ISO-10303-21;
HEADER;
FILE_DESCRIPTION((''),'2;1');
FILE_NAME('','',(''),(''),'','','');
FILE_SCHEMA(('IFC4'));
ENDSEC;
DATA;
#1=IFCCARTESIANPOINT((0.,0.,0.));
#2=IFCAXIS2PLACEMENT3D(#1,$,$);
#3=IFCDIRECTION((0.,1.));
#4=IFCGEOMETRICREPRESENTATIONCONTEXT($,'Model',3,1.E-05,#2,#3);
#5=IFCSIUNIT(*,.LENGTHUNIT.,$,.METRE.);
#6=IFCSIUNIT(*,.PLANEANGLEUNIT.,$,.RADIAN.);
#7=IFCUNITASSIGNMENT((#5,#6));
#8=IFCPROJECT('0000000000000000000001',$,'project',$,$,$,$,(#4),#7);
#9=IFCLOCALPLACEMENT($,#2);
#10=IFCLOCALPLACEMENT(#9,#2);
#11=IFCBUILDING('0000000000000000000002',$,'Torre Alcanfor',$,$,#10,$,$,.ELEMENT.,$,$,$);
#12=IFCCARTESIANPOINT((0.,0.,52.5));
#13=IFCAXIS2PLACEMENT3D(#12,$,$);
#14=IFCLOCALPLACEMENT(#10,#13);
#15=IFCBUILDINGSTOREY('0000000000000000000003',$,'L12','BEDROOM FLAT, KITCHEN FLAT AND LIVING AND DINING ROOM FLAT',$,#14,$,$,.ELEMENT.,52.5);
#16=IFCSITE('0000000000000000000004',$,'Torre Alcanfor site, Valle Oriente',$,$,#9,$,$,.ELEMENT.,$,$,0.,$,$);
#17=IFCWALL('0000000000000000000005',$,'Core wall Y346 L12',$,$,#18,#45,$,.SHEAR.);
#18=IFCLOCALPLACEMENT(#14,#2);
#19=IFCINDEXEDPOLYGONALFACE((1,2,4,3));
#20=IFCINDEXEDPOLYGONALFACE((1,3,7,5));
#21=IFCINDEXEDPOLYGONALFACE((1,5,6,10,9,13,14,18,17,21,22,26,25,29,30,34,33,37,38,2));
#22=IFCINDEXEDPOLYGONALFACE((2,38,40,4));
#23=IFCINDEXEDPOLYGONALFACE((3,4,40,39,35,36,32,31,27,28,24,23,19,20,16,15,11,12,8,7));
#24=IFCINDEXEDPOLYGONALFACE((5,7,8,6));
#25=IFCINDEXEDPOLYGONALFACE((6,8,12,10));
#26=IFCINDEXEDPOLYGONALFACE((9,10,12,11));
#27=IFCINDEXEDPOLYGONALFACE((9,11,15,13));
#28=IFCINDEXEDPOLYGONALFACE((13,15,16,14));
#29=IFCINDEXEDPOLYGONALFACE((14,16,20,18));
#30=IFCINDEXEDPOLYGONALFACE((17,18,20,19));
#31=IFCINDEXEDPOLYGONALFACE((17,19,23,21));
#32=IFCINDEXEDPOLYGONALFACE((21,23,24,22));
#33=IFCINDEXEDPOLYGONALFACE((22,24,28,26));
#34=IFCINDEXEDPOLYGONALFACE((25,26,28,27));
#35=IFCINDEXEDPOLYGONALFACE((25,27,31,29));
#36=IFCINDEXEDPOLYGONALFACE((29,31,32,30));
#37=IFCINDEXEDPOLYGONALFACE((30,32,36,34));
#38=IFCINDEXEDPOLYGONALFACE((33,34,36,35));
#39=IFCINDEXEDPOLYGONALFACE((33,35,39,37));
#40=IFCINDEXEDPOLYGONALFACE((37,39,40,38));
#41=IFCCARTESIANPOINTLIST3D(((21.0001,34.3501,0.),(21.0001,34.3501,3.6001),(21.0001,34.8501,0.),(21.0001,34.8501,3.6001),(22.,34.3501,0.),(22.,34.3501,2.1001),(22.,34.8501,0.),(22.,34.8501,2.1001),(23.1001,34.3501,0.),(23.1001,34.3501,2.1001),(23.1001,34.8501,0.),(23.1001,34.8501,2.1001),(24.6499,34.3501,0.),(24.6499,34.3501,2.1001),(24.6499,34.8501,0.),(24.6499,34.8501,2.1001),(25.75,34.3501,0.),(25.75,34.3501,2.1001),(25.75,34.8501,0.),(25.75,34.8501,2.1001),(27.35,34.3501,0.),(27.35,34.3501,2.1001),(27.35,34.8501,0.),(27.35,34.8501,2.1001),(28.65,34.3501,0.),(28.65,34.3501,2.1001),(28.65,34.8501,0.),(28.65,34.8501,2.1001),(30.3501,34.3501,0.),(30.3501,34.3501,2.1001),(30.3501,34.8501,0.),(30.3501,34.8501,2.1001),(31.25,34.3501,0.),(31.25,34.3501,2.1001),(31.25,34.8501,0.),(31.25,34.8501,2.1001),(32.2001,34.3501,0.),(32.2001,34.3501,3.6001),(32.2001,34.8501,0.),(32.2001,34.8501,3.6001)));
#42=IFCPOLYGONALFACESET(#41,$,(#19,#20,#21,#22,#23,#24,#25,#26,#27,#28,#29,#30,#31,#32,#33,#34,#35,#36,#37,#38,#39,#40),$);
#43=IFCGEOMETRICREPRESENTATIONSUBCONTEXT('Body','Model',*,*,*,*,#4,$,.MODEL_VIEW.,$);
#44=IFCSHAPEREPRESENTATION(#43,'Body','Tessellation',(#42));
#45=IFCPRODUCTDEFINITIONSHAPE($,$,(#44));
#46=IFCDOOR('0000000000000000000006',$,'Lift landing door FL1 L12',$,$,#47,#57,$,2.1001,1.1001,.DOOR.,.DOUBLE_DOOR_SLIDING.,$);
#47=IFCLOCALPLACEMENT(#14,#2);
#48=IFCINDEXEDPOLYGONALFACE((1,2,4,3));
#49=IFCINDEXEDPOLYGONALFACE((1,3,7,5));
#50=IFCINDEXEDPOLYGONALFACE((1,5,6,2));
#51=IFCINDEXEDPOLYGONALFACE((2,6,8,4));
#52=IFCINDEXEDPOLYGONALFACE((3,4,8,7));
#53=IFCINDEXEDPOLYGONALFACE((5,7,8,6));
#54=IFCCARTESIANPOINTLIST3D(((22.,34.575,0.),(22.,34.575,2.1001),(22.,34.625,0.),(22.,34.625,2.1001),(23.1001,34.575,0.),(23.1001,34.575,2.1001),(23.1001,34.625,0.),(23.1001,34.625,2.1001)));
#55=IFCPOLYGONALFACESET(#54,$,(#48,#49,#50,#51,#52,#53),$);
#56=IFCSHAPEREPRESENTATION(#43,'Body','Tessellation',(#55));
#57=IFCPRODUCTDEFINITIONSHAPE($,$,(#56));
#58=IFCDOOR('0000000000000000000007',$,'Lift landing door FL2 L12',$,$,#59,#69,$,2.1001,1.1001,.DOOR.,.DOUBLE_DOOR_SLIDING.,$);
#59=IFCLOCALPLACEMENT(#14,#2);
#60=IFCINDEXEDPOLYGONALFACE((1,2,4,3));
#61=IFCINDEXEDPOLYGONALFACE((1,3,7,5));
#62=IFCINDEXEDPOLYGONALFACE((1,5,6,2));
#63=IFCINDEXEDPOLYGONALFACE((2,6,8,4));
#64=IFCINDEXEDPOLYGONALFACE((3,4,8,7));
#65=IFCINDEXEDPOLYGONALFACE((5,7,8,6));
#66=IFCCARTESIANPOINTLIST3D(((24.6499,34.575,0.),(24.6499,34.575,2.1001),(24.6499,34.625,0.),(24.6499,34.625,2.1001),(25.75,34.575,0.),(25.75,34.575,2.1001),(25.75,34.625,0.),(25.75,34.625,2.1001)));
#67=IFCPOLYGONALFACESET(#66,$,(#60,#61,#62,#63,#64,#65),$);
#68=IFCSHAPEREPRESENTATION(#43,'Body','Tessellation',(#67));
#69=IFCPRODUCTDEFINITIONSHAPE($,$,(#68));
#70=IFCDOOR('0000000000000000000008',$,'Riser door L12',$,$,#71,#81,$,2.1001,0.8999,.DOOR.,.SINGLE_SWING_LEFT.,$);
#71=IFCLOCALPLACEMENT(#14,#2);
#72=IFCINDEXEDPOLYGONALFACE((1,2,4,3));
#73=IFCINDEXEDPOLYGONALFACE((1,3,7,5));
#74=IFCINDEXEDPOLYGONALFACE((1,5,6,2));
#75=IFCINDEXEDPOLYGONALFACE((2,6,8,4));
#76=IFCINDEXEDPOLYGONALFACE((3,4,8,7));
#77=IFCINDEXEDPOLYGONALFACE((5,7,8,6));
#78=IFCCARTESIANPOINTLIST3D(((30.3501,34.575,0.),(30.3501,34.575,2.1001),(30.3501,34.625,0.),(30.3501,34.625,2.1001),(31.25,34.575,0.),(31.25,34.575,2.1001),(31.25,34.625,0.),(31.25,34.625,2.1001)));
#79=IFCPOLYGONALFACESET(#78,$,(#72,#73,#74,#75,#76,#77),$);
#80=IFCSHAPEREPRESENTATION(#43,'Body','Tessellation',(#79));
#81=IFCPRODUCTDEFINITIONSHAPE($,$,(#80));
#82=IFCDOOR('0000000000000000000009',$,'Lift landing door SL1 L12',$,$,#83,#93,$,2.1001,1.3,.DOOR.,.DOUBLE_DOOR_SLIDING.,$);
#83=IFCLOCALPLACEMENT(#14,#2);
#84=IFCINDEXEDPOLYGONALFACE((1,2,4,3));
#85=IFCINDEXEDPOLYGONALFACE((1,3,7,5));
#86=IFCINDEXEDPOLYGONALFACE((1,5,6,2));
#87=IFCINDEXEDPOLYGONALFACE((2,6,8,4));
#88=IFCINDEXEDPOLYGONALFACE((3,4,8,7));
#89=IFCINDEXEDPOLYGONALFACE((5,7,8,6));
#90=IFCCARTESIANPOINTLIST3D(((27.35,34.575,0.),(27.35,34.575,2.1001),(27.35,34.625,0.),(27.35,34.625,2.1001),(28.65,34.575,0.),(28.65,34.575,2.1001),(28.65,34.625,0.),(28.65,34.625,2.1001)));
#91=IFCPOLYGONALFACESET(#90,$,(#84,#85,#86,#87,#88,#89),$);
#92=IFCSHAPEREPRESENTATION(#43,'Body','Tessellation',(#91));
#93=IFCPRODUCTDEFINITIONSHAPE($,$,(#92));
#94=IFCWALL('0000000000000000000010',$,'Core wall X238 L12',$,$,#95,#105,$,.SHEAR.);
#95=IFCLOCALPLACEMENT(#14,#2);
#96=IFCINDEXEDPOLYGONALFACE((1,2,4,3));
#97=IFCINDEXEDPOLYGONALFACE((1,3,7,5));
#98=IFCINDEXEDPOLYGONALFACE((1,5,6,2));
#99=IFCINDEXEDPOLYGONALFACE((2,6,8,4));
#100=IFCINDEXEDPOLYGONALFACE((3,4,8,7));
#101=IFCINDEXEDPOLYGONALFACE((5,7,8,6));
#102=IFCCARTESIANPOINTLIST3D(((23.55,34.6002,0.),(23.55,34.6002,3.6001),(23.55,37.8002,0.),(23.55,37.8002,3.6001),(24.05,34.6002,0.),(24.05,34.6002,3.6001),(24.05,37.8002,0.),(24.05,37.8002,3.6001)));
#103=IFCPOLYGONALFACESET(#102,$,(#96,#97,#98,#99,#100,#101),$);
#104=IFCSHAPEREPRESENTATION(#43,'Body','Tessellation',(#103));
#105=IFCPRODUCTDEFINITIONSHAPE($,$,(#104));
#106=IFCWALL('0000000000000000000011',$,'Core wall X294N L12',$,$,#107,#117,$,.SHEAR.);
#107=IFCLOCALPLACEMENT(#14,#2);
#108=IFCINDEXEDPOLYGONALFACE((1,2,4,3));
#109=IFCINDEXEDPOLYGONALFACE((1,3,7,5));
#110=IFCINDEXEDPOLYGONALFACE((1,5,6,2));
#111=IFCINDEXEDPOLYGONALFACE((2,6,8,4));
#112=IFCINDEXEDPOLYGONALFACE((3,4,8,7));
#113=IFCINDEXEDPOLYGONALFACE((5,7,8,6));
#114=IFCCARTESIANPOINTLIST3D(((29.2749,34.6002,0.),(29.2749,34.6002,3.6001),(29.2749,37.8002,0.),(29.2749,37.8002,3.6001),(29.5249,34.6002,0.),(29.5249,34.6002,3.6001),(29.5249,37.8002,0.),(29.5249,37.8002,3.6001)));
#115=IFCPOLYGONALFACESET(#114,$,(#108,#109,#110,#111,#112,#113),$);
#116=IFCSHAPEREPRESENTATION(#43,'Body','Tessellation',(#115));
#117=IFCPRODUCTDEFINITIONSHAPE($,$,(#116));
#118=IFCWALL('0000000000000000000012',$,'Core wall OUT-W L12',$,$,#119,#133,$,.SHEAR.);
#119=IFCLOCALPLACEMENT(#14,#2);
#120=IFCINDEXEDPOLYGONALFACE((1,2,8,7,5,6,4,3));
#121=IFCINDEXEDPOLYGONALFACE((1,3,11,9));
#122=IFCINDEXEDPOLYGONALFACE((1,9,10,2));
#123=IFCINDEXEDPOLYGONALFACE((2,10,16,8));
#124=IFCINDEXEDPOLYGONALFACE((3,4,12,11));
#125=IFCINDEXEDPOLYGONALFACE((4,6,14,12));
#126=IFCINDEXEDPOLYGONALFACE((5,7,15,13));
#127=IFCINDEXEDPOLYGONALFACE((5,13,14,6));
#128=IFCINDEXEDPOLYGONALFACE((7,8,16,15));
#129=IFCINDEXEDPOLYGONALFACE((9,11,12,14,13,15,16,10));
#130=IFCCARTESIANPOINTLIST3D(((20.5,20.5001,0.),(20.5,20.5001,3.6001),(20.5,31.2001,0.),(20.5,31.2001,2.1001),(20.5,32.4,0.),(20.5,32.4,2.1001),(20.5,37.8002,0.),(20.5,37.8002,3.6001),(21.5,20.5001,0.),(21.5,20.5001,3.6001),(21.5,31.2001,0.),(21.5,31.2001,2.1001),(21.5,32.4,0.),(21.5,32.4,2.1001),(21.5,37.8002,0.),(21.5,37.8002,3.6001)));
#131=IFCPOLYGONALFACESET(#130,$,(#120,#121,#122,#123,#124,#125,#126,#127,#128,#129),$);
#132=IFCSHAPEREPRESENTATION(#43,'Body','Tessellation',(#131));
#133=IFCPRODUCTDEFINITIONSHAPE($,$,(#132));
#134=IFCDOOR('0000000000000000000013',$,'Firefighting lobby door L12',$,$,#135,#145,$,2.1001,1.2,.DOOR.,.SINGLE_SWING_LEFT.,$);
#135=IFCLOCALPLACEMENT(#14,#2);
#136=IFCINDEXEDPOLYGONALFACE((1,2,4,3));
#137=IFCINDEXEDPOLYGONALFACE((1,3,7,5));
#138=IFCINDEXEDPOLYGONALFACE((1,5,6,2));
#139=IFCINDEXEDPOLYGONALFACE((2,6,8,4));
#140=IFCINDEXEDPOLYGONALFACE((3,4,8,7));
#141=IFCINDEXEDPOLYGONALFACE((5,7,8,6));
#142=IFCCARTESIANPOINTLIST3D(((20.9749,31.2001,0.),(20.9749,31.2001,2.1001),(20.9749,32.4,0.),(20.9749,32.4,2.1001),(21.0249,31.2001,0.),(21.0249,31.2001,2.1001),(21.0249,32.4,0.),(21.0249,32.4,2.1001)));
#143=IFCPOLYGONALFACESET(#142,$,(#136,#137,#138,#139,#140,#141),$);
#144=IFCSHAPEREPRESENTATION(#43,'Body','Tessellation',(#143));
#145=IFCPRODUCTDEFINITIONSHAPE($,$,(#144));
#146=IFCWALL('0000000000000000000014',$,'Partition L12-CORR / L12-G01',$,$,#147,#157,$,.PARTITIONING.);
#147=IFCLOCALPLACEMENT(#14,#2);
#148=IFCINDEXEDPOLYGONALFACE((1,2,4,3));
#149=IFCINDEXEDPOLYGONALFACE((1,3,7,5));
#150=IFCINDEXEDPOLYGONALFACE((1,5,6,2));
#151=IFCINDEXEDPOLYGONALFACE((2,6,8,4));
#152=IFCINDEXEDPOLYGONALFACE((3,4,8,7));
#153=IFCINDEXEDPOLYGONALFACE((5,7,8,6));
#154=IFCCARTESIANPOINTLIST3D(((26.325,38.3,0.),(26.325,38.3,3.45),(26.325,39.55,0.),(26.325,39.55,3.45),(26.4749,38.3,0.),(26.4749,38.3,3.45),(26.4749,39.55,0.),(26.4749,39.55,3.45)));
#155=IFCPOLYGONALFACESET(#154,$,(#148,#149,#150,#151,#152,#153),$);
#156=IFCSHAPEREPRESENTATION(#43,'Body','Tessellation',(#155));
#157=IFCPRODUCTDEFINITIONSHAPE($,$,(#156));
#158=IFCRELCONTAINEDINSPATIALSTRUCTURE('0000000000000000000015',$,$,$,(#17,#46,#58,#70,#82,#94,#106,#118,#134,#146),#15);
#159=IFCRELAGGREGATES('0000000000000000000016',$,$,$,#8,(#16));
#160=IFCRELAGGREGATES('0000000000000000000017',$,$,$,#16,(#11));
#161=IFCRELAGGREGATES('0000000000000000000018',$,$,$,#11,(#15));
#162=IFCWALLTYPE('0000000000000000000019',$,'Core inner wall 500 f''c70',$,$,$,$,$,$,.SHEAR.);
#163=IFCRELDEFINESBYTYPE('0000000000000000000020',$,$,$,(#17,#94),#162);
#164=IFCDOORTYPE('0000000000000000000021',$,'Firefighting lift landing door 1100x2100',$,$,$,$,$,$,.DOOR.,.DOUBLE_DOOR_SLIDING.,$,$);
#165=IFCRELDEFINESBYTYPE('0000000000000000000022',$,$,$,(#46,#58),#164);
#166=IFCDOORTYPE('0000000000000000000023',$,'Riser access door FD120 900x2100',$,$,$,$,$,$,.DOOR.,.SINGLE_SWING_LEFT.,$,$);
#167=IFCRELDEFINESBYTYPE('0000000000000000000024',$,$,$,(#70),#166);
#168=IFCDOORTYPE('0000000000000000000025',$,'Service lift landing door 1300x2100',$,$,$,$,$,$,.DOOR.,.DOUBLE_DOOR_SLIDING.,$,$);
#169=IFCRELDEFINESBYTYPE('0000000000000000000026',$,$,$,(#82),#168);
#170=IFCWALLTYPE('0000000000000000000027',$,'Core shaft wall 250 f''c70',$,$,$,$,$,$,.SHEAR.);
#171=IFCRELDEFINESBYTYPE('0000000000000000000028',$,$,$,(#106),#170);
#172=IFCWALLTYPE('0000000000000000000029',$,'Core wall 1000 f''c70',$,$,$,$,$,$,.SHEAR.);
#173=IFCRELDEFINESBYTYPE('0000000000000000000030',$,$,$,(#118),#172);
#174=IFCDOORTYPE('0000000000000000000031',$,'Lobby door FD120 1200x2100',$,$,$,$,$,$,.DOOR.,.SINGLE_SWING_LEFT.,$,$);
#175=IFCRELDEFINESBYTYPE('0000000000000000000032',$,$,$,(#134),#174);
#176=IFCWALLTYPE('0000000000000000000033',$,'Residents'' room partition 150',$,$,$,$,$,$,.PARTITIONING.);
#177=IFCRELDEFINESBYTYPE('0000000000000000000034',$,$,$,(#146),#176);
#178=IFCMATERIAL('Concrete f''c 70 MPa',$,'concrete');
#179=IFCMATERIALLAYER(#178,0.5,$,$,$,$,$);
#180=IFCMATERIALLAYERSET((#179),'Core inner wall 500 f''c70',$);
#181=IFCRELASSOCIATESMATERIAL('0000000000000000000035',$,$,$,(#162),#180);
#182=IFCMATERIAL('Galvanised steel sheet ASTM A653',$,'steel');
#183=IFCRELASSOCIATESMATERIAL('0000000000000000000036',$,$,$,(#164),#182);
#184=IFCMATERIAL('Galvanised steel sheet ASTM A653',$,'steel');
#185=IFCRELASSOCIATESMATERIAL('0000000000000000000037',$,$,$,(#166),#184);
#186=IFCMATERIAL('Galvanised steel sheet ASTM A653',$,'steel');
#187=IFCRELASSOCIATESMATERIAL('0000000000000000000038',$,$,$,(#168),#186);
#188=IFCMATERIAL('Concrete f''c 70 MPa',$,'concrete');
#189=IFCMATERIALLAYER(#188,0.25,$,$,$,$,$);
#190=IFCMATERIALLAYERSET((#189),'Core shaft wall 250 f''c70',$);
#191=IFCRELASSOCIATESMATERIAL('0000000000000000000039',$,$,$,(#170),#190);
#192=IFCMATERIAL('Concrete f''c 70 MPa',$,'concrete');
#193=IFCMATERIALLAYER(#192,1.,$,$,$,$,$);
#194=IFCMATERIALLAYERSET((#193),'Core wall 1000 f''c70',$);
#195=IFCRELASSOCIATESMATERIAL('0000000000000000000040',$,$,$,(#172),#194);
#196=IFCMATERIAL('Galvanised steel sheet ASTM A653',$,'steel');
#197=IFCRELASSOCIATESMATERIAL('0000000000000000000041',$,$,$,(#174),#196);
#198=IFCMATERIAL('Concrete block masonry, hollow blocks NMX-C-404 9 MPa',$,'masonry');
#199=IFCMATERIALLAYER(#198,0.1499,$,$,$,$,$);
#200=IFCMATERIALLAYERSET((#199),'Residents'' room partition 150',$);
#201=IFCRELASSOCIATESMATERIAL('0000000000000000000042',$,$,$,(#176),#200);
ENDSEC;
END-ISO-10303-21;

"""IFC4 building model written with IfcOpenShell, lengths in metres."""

from ifc_helpers import new_model, si_unit, direction, frame, frame_2d, origin, place, context, subcontext, project, spatial, rectangle, extrude, material, layer, layer_set, type_object, element, fill, save


model = new_model("IFC4")

# Units and contexts
model_context = context("Model", 3, precision=1e-05, world=origin(), true_north=direction((0.0, 1.0)))
body_context = subcontext(model_context, "Body", "Model", "MODEL_VIEW")
ifc_project = project(units=[si_unit("LENGTHUNIT", "METRE"), si_unit("PLANEANGLEUNIT", "RADIAN")], contexts=[model_context])

# Site, building, storey
site_placement = place(None, origin())
site = spatial("IfcSite", under=ifc_project, at=site_placement, Name="Torre Alcanfor site, Valle Oriente", CompositionType="ELEMENT", RefElevation=0.0)
building_placement = place(site_placement, origin())
building = spatial("IfcBuilding", under=site, at=building_placement, Name="Torre Alcanfor", CompositionType="ELEMENT")
storey_placement = place(building_placement, frame((0.0, 0.0, 52.5)))
storey = spatial("IfcBuildingStorey", under=building, at=storey_placement, Name="L12", Description="BEDROOM FLAT, KITCHEN FLAT AND LIVING AND DINING ROOM FLAT", CompositionType="ELEMENT", Elevation=52.5)

# Shared definitions
ifc_material_1 = material(Name="Concrete f'c 70 MPa", Category="concrete")
ifc_layer_1 = layer(ifc_material_1, 0.5)
ifc_layer_set_1 = layer_set([ifc_layer_1], Name="Core inner wall 500 f'c70")
wall_type_1 = type_object("IfcWallType", Name="Core inner wall 500 f'c70", PredefinedType="SHEAR", material=ifc_layer_set_1)

# Wall, openings, doors
wall_1_placement = place(storey_placement, frame((21.0, 34.6001, 0.0), z_axis=(0.0, 0.0, 1.0), x_axis=(1.0, 0.0, 0.0)))
wall_1 = element("IfcWall", 1, at=wall_1_placement, inside=storey, type_object=wall_type_1, Name="Core wall Y346 L12", PredefinedType="SHEAR", context=body_context, shape_type="SweptSolid", body=[
    extrude(rectangle(XDim=11.2, YDim=0.5, at=frame_2d((5.6001, 0.0))), origin(), (0.0, 0.0, 1.0), 3.6001),
])
opening_1_placement = place(wall_1_placement, frame((9.3501, 0.0, 0.0)))
opening_1 = element("IfcOpeningElement", 2, at=opening_1_placement, cuts=wall_1, PredefinedType="OPENING", context=body_context, shape_type="SweptSolid", body=[
    extrude(rectangle(XDim=0.8999, YDim=2.1001, at=frame_2d((0.45, 1.05))), frame((0.0, 0.26, 0.0), z_axis=(0.0, -1.0, 0.0), x_axis=(1.0, 0.0, 0.0)), (0.0, 0.0, 1.0), 0.52),
])
opening_2_placement = place(wall_1_placement, frame((1.0, 0.0, 0.0)))
opening_2 = element("IfcOpeningElement", 3, at=opening_2_placement, cuts=wall_1, PredefinedType="OPENING", context=body_context, shape_type="SweptSolid", body=[
    extrude(rectangle(XDim=1.1001, YDim=2.1001, at=frame_2d((0.55, 1.05))), frame((0.0, 0.26, 0.0), z_axis=(0.0, -1.0, 0.0), x_axis=(1.0, 0.0, 0.0)), (0.0, 0.0, 1.0), 0.52),
])
opening_3_placement = place(wall_1_placement, frame((3.6499, 0.0, 0.0)))
opening_3 = element("IfcOpeningElement", 4, at=opening_3_placement, cuts=wall_1, PredefinedType="OPENING", context=body_context, shape_type="SweptSolid", body=[
    extrude(rectangle(XDim=1.1001, YDim=2.1001, at=frame_2d((0.55, 1.05))), frame((0.0, 0.26, 0.0), z_axis=(0.0, -1.0, 0.0), x_axis=(1.0, 0.0, 0.0)), (0.0, 0.0, 1.0), 0.52),
])
opening_4_placement = place(wall_1_placement, frame((6.3501, 0.0, 0.0)))
opening_4 = element("IfcOpeningElement", 5, at=opening_4_placement, cuts=wall_1, PredefinedType="OPENING", context=body_context, shape_type="SweptSolid", body=[
    extrude(rectangle(XDim=1.3, YDim=2.1001, at=frame_2d((0.6499, 1.05))), frame((0.0, 0.26, 0.0), z_axis=(0.0, -1.0, 0.0), x_axis=(1.0, 0.0, 0.0)), (0.0, 0.0, 1.0), 0.52),
])
ifc_material_2 = material(Name="Galvanised steel sheet ASTM A653", Category="steel")
door_type_1 = type_object("IfcDoorType", Name="Firefighting lift landing door 1100x2100", OperationType="DOUBLE_DOOR_SLIDING", PredefinedType="DOOR", material=ifc_material_2)
door_1_placement = place(opening_2_placement, origin())
door_1 = element("IfcDoor", 6, at=door_1_placement, inside=storey, type_object=door_type_1, Name="Lift landing door FL1 L12", OperationType="DOUBLE_DOOR_SLIDING", OverallHeight=2.1001, OverallWidth=1.1001, PredefinedType="DOOR", context=body_context, shape_type="SweptSolid", body=[
    extrude(rectangle(XDim=1.1001, YDim=2.1001, at=frame_2d((0.55, 1.05))), frame((0.0, 0.0249, 0.0), z_axis=(0.0, -1.0, 0.0), x_axis=(1.0, 0.0, 0.0)), (0.0, 0.0, 1.0), 0.05),
])
fill(opening_2, door_1)
door_2_placement = place(opening_3_placement, origin())
door_2 = element("IfcDoor", 7, at=door_2_placement, inside=storey, type_object=door_type_1, Name="Lift landing door FL2 L12", OperationType="DOUBLE_DOOR_SLIDING", OverallHeight=2.1001, OverallWidth=1.1001, PredefinedType="DOOR", context=body_context, shape_type="SweptSolid", body=[
    extrude(rectangle(XDim=1.1001, YDim=2.1001, at=frame_2d((0.55, 1.05))), frame((0.0, 0.0249, 0.0), z_axis=(0.0, -1.0, 0.0), x_axis=(1.0, 0.0, 0.0)), (0.0, 0.0, 1.0), 0.05),
])
fill(opening_3, door_2)
ifc_material_3 = material(Name="Galvanised steel sheet ASTM A653", Category="steel")
door_type_2 = type_object("IfcDoorType", Name="Riser access door FD120 900x2100", OperationType="SINGLE_SWING_LEFT", PredefinedType="DOOR", material=ifc_material_3)
door_3_placement = place(opening_1_placement, origin())
door_3 = element("IfcDoor", 8, at=door_3_placement, inside=storey, type_object=door_type_2, Name="Riser door L12", OperationType="SINGLE_SWING_LEFT", OverallHeight=2.1001, OverallWidth=0.8999, PredefinedType="DOOR", context=body_context, shape_type="SweptSolid", body=[
    extrude(rectangle(XDim=0.8999, YDim=2.1001, at=frame_2d((0.45, 1.05))), frame((0.0, 0.0249, 0.0), z_axis=(0.0, -1.0, 0.0), x_axis=(1.0, 0.0, 0.0)), (0.0, 0.0, 1.0), 0.05),
])
fill(opening_1, door_3)
ifc_material_4 = material(Name="Galvanised steel sheet ASTM A653", Category="steel")
door_type_3 = type_object("IfcDoorType", Name="Service lift landing door 1300x2100", OperationType="DOUBLE_DOOR_SLIDING", PredefinedType="DOOR", material=ifc_material_4)
door_4_placement = place(opening_4_placement, origin())
door_4 = element("IfcDoor", 9, at=door_4_placement, inside=storey, type_object=door_type_3, Name="Lift landing door SL1 L12", OperationType="DOUBLE_DOOR_SLIDING", OverallHeight=2.1001, OverallWidth=1.3, PredefinedType="DOOR", context=body_context, shape_type="SweptSolid", body=[
    extrude(rectangle(XDim=1.3, YDim=2.1001, at=frame_2d((0.6499, 1.05))), frame((0.0, 0.0249, 0.0), z_axis=(0.0, -1.0, 0.0), x_axis=(1.0, 0.0, 0.0)), (0.0, 0.0, 1.0), 0.05),
])
fill(opening_4, door_4)

# Walls
wall_2_placement = place(storey_placement, frame((23.8, 34.6001, 0.0), z_axis=(0.0, 0.0, 1.0), x_axis=(0.0, 1.0, 0.0)))
element("IfcWall", 10, at=wall_2_placement, inside=storey, type_object=wall_type_1, Name="Core wall X238 L12", PredefinedType="SHEAR", context=body_context, shape_type="SweptSolid", body=[
    extrude(rectangle(XDim=3.2, YDim=0.5, at=frame_2d((1.6001, 0.0))), origin(), (0.0, 0.0, 1.0), 3.6001),
])
ifc_material_5 = material(Name="Concrete f'c 70 MPa", Category="concrete")
ifc_layer_2 = layer(ifc_material_5, 0.25)
ifc_layer_set_2 = layer_set([ifc_layer_2], Name="Core shaft wall 250 f'c70")
wall_type_2 = type_object("IfcWallType", Name="Core shaft wall 250 f'c70", PredefinedType="SHEAR", material=ifc_layer_set_2)
wall_3_placement = place(storey_placement, frame((29.3999, 34.6001, 0.0), z_axis=(0.0, 0.0, 1.0), x_axis=(0.0, 1.0, 0.0)))
element("IfcWall", 11, at=wall_3_placement, inside=storey, type_object=wall_type_2, Name="Core wall X294N L12", PredefinedType="SHEAR", context=body_context, shape_type="SweptSolid", body=[
    extrude(rectangle(XDim=3.2, YDim=0.25, at=frame_2d((1.6001, 0.0))), origin(), (0.0, 0.0, 1.0), 3.6001),
])

# Wall, opening, door
ifc_material_6 = material(Name="Concrete f'c 70 MPa", Category="concrete")
ifc_layer_3 = layer(ifc_material_6, 1.0)
ifc_layer_set_3 = layer_set([ifc_layer_3], Name="Core wall 1000 f'c70")
wall_type_3 = type_object("IfcWallType", Name="Core wall 1000 f'c70", PredefinedType="SHEAR", material=ifc_layer_set_3)
wall_4_placement = place(storey_placement, frame((21.0, 37.8, 0.0), z_axis=(0.0, 0.0, 1.0), x_axis=(0.0, -1.0, 0.0)))
wall_4 = element("IfcWall", 12, at=wall_4_placement, inside=storey, type_object=wall_type_3, Name="Core wall OUT-W L12", PredefinedType="SHEAR", context=body_context, shape_type="SweptSolid", body=[
    extrude(rectangle(XDim=17.3, YDim=1.0, at=frame_2d((8.6499, 0.0))), origin(), (0.0, 0.0, 1.0), 3.6001),
])
opening_5_placement = place(wall_4_placement, frame((5.3999, 0.0, 0.0)))
opening_5 = element("IfcOpeningElement", 13, at=opening_5_placement, cuts=wall_4, PredefinedType="OPENING", context=body_context, shape_type="SweptSolid", body=[
    extrude(rectangle(XDim=1.2, YDim=2.1001, at=frame_2d((0.6001, 1.05))), frame((0.0, 0.51, 0.0), z_axis=(0.0, -1.0, 0.0), x_axis=(1.0, 0.0, 0.0)), (0.0, 0.0, 1.0), 1.02),
])
ifc_material_7 = material(Name="Galvanised steel sheet ASTM A653", Category="steel")
door_type_4 = type_object("IfcDoorType", Name="Lobby door FD120 1200x2100", OperationType="SINGLE_SWING_LEFT", PredefinedType="DOOR", material=ifc_material_7)
door_5_placement = place(opening_5_placement, origin())
door_5 = element("IfcDoor", 14, at=door_5_placement, inside=storey, type_object=door_type_4, Name="Firefighting lobby door L12", OperationType="SINGLE_SWING_LEFT", OverallHeight=2.1001, OverallWidth=1.2, PredefinedType="DOOR", context=body_context, shape_type="SweptSolid", body=[
    extrude(rectangle(XDim=1.2, YDim=2.1001, at=frame_2d((0.6001, 1.05))), frame((0.0, 0.0249, 0.0), z_axis=(0.0, -1.0, 0.0), x_axis=(1.0, 0.0, 0.0)), (0.0, 0.0, 1.0), 0.05),
])
fill(opening_5, door_5)

# Wall
ifc_material_8 = material(Name="Concrete block masonry, hollow blocks NMX-C-404 9 MPa", Category="masonry")
ifc_layer_4 = layer(ifc_material_8, 0.1499)
ifc_layer_set_4 = layer_set([ifc_layer_4], Name="Residents' room partition 150")
wall_type_4 = type_object("IfcWallType", Name="Residents' room partition 150", PredefinedType="PARTITIONING", material=ifc_layer_set_4)
wall_5_placement = place(storey_placement, frame((26.3999, 39.55, 0.0), z_axis=(0.0, 0.0, 1.0), x_axis=(0.0, -1.0, 0.0)))
element("IfcWall", 15, at=wall_5_placement, inside=storey, type_object=wall_type_4, Name="Partition L12-CORR / L12-G01", PredefinedType="PARTITIONING", context=body_context, shape_type="SweptSolid", body=[
    extrude(rectangle(XDim=1.25, YDim=0.1499, at=frame_2d((0.625, 0.0))), origin(), (0.0, 0.0, 1.0), 3.45),
])

save(model, "model.ifc")
